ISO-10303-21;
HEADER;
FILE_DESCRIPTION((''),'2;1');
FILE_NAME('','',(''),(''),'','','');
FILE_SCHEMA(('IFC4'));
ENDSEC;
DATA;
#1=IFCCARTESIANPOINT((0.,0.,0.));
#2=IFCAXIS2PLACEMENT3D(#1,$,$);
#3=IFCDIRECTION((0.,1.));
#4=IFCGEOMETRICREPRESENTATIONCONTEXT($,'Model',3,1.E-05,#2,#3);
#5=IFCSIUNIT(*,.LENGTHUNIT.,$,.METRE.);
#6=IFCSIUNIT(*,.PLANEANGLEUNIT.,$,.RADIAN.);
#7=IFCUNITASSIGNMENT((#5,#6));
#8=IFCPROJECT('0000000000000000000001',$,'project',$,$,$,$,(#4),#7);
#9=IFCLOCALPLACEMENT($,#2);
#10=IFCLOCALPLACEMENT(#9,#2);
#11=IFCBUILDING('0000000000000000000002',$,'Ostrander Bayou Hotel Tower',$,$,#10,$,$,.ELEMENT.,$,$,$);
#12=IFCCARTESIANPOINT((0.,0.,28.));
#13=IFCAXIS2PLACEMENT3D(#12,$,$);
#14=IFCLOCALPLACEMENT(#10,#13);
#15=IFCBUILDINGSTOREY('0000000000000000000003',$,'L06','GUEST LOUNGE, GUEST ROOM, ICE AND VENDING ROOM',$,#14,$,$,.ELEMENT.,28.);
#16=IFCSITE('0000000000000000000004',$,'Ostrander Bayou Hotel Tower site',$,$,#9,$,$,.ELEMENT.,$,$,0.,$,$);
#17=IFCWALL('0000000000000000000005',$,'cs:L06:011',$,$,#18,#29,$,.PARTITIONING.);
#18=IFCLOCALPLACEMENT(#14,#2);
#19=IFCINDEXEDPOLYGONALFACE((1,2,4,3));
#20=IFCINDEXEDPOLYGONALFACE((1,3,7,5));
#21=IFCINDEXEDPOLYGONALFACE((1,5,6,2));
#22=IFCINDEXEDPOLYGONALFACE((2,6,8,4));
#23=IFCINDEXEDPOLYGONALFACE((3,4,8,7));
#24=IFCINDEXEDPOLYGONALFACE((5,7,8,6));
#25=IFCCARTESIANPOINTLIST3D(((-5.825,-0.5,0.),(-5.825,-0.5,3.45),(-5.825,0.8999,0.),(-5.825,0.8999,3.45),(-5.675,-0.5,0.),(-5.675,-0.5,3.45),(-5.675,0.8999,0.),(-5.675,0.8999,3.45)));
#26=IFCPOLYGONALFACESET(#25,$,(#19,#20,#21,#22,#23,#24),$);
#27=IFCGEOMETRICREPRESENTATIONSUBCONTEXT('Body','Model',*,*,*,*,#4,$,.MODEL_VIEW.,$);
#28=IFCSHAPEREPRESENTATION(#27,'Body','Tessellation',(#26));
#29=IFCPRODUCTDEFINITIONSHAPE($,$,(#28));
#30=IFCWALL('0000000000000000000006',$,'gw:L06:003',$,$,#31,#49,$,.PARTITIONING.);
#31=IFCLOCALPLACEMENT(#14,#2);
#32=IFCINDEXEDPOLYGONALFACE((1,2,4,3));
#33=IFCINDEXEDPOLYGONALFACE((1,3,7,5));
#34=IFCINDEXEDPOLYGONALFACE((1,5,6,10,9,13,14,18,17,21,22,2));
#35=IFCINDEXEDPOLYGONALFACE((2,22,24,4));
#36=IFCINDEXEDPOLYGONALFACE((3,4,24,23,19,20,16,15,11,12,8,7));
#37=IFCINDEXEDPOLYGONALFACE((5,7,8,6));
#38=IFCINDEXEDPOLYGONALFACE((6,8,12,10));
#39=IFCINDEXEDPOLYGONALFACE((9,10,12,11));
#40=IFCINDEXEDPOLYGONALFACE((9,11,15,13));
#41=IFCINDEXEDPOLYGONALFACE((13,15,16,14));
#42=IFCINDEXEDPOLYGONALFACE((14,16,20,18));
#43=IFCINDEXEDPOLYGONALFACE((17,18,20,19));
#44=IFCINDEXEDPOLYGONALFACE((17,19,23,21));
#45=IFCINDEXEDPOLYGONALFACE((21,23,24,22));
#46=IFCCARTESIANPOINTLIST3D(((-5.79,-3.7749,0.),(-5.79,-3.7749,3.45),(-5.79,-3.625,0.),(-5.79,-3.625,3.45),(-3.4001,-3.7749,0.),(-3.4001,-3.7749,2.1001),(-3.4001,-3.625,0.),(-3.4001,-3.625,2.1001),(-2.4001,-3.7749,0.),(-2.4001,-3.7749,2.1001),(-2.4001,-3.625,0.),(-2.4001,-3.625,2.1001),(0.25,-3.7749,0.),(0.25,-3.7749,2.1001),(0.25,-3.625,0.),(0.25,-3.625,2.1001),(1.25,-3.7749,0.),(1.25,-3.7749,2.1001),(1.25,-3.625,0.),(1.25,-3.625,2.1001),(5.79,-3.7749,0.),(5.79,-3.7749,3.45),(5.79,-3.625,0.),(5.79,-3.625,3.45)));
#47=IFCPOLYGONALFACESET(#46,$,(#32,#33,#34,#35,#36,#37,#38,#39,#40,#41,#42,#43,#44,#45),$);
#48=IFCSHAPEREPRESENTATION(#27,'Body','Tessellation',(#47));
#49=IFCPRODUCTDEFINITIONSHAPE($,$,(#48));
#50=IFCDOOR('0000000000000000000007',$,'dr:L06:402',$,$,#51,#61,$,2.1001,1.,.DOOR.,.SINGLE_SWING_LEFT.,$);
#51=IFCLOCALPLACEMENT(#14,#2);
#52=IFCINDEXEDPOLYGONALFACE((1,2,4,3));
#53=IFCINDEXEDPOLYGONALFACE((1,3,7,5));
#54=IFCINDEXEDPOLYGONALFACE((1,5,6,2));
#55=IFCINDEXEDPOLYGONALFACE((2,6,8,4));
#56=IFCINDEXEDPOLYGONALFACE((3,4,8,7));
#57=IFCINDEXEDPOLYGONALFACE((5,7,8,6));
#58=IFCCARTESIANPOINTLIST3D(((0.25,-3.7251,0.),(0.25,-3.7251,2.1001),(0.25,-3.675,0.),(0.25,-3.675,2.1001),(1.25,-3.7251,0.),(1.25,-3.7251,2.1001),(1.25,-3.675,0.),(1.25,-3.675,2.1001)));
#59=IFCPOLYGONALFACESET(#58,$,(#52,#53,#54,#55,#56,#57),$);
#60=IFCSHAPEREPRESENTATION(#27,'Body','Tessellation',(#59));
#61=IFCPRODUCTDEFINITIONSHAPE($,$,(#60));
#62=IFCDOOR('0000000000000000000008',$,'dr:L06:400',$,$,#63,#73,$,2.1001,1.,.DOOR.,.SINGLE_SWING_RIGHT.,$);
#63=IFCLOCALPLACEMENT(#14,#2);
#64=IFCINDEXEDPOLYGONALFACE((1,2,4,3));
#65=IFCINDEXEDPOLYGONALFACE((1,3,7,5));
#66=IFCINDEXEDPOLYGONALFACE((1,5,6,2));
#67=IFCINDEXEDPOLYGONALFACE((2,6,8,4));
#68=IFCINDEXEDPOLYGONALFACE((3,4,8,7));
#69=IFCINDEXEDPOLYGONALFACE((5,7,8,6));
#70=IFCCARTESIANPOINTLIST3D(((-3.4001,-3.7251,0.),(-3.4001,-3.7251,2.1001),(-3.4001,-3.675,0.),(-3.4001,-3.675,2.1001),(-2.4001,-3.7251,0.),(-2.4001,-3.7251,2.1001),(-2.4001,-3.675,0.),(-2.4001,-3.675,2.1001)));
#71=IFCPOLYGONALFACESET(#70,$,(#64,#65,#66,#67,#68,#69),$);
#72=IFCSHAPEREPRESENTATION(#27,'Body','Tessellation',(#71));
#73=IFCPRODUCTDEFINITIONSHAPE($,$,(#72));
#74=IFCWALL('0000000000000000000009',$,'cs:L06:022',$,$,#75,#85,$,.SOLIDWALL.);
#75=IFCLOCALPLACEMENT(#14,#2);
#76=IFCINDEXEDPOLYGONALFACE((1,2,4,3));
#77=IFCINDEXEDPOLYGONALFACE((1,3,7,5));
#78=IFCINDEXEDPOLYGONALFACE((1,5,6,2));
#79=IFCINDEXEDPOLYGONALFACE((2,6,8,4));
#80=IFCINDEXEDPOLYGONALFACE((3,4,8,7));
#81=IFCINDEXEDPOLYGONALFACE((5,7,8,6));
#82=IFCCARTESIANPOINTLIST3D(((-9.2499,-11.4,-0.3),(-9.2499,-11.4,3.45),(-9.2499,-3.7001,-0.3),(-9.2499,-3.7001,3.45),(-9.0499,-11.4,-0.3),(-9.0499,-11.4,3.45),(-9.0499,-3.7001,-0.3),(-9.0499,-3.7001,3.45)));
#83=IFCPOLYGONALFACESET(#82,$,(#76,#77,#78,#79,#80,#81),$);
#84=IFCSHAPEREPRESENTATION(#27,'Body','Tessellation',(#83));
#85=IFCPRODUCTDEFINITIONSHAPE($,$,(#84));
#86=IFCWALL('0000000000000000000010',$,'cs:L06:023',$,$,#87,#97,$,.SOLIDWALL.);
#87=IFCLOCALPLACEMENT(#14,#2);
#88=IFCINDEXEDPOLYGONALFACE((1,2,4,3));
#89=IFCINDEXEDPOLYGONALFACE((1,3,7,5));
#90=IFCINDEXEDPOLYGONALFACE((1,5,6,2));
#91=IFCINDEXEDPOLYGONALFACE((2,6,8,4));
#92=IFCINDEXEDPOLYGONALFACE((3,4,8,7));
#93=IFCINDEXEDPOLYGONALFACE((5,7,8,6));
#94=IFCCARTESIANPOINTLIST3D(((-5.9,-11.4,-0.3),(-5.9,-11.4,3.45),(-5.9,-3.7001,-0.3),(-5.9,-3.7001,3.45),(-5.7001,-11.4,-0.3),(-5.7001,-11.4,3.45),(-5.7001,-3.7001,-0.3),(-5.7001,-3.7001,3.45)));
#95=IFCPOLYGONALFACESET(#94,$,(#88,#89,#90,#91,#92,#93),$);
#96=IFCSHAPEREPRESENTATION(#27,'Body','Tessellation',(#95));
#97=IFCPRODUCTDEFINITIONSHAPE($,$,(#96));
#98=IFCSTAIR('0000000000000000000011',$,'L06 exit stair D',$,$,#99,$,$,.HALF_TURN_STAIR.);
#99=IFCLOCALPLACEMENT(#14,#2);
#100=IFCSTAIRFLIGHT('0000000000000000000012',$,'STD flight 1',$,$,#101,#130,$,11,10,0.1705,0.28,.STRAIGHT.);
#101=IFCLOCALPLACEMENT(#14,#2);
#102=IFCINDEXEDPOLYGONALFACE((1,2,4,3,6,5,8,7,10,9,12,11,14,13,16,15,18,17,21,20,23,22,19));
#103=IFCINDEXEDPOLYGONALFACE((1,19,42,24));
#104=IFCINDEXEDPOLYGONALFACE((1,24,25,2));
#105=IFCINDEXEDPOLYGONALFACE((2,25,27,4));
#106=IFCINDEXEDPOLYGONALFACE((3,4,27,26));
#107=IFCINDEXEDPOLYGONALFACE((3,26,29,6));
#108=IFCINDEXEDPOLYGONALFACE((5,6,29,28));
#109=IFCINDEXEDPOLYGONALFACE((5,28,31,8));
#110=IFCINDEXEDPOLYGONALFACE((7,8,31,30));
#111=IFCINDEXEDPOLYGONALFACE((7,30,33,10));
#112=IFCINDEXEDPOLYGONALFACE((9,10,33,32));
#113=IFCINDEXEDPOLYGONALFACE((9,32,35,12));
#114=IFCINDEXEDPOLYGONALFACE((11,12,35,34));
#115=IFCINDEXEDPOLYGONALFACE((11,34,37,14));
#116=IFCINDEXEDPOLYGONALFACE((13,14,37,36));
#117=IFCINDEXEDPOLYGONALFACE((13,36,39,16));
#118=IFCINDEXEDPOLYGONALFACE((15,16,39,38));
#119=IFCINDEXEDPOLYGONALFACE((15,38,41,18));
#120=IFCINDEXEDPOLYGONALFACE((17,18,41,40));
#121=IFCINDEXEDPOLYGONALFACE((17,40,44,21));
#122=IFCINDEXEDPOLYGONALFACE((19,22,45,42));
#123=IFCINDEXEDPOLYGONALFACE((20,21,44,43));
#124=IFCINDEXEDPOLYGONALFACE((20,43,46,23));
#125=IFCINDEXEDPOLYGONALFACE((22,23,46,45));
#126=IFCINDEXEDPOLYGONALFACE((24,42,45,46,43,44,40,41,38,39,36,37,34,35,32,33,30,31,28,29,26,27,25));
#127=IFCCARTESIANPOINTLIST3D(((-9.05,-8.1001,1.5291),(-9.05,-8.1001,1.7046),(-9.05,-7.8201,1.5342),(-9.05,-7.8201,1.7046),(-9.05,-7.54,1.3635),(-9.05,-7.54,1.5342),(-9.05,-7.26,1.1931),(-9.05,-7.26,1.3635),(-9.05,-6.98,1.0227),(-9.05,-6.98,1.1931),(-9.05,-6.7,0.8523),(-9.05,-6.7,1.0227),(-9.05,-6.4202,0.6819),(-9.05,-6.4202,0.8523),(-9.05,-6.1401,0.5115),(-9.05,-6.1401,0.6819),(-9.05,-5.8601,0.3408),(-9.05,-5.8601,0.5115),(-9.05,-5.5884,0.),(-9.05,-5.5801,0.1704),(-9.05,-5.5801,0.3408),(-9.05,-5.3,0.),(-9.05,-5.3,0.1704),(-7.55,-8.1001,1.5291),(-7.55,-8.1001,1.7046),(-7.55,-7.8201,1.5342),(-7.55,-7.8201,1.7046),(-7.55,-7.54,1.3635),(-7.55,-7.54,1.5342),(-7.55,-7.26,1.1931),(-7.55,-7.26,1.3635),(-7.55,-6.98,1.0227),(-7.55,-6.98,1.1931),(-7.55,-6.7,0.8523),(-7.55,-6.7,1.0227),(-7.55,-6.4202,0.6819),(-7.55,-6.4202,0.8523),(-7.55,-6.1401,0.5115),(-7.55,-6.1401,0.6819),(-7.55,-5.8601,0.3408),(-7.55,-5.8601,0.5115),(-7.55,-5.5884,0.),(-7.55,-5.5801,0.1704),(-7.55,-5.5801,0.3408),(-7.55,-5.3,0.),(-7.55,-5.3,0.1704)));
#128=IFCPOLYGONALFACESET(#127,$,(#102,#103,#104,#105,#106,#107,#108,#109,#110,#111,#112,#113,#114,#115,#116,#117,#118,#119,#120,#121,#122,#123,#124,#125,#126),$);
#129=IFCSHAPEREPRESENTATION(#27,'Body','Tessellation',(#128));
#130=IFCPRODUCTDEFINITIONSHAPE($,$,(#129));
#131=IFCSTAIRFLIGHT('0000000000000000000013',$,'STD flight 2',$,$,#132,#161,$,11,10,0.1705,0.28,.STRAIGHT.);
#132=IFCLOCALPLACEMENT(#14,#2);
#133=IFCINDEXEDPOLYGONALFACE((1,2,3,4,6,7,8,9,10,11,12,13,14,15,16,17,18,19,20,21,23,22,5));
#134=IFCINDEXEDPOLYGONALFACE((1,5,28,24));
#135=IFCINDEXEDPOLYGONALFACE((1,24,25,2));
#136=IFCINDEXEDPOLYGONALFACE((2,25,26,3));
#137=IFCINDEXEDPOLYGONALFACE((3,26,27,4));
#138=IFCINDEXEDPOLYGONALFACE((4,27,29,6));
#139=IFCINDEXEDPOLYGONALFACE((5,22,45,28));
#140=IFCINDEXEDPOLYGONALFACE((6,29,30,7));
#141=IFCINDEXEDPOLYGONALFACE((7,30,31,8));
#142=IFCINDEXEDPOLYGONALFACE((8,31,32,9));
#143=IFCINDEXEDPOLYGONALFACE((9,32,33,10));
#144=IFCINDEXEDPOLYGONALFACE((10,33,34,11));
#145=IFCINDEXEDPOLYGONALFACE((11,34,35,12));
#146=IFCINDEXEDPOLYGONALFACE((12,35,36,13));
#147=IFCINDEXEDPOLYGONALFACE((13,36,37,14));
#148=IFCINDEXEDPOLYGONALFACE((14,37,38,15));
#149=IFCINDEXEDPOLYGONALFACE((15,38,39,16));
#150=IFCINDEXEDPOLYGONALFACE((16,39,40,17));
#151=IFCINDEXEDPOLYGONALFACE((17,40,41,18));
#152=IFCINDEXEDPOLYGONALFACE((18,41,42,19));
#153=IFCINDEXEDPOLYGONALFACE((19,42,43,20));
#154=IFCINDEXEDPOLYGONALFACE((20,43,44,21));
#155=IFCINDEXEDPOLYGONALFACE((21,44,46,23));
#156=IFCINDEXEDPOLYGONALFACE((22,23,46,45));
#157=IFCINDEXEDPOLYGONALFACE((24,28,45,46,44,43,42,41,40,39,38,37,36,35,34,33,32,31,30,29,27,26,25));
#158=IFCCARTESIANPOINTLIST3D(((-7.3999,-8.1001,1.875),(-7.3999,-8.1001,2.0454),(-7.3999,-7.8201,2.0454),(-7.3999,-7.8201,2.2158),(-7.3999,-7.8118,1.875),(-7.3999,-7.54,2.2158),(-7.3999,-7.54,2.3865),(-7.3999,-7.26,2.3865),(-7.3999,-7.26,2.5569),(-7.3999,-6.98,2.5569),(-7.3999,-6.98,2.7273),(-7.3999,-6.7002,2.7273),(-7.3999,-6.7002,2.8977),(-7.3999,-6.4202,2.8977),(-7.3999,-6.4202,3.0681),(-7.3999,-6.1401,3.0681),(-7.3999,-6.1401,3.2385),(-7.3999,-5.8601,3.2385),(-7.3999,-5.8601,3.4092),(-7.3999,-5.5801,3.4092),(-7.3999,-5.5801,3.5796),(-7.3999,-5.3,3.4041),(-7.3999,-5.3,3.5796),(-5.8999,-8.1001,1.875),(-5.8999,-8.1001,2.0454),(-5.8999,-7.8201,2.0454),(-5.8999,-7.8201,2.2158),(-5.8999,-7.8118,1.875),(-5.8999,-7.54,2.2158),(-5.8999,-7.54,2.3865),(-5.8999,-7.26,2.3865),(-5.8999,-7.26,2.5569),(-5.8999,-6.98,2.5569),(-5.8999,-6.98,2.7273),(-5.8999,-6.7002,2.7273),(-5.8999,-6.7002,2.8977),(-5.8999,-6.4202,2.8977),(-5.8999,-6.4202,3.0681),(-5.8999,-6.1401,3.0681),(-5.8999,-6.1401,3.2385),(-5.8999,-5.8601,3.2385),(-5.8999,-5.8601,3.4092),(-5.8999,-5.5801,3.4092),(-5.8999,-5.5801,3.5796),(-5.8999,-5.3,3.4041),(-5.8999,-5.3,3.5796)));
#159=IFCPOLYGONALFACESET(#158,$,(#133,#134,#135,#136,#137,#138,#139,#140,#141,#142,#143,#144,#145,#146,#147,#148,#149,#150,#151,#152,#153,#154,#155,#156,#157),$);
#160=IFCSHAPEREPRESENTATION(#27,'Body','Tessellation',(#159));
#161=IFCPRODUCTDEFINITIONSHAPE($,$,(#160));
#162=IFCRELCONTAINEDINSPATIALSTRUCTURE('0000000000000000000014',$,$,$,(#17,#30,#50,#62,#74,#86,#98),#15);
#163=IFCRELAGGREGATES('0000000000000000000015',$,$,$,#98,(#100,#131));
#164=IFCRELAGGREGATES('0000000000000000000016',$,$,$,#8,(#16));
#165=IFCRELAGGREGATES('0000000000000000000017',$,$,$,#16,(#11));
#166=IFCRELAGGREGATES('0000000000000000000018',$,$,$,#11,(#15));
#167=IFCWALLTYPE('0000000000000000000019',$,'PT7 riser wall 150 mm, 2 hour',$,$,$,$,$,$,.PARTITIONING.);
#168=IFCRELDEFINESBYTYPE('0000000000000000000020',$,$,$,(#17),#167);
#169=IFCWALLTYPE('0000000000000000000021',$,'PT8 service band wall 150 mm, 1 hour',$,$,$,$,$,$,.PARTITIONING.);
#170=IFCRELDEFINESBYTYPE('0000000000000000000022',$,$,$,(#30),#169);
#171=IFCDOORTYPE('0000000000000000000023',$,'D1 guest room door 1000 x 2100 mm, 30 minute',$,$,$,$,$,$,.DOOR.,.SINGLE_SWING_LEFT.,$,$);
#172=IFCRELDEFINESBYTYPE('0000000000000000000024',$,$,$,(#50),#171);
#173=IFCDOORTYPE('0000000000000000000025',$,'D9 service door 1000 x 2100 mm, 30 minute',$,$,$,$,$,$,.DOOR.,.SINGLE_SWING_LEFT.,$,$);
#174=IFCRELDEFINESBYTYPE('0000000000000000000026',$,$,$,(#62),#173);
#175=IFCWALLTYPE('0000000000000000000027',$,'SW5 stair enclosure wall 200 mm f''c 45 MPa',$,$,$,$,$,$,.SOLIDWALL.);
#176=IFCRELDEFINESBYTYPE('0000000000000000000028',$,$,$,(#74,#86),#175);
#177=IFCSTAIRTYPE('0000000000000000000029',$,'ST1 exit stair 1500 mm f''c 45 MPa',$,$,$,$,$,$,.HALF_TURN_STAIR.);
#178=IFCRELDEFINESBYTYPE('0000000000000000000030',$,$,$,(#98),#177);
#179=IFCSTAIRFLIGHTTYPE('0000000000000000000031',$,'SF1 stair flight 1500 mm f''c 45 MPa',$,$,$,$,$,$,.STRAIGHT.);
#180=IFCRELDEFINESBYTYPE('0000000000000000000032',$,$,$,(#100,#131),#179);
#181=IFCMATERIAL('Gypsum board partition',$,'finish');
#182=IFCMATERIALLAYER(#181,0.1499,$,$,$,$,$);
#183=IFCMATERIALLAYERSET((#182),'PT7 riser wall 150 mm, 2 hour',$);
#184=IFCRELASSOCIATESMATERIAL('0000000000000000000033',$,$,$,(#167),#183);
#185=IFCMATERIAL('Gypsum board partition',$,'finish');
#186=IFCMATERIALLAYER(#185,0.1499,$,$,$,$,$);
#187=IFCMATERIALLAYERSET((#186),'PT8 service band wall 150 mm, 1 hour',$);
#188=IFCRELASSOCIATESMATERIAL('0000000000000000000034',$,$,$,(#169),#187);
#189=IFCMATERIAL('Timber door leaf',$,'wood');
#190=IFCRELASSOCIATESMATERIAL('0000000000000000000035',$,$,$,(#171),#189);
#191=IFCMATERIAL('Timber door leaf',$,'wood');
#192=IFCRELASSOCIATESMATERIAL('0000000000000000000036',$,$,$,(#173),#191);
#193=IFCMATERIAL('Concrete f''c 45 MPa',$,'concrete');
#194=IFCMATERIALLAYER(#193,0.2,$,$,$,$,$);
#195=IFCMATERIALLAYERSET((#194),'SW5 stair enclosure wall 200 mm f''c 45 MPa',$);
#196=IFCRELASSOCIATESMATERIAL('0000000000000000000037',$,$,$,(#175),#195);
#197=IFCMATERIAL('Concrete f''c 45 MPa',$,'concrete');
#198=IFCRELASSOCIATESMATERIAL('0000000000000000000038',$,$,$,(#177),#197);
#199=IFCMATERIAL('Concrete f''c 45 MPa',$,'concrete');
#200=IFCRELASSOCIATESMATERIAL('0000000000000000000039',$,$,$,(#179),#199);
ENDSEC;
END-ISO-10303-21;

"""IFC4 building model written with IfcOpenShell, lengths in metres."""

from ifc_helpers import new_model, si_unit, direction, frame, frame_2d, origin, place, context, subcontext, project, spatial, polyline, rectangle, outline, extrude, material, layer, layer_set, type_object, element, fill, aggregate, save


model = new_model("IFC4")

# Units and contexts
model_context = context("Model", 3, precision=1e-05, world=origin(), true_north=direction((0.0, 1.0)))
body_context = subcontext(model_context, "Body", "Model", "MODEL_VIEW")
ifc_project = project(units=[si_unit("LENGTHUNIT", "METRE"), si_unit("PLANEANGLEUNIT", "RADIAN")], contexts=[model_context])

# Site, building, storey
site_placement = place(None, origin())
site = spatial("IfcSite", under=ifc_project, at=site_placement, Name="Ostrander Bayou Hotel Tower site", CompositionType="ELEMENT", RefElevation=0.0)
building_placement = place(site_placement, origin())
building = spatial("IfcBuilding", under=site, at=building_placement, Name="Ostrander Bayou Hotel Tower", CompositionType="ELEMENT")
storey_placement = place(building_placement, frame((0.0, 0.0, 28.0)))
storey = spatial("IfcBuildingStorey", under=building, at=storey_placement, Name="L06", Description="GUEST LOUNGE, GUEST ROOM, ICE AND VENDING ROOM", CompositionType="ELEMENT", Elevation=28.0)

# Wall
ifc_material_1 = material(Name="Gypsum board partition", Category="finish")
ifc_layer_1 = layer(ifc_material_1, 0.1499)
ifc_layer_set_1 = layer_set([ifc_layer_1], Name="PT7 riser wall 150 mm, 2 hour")
wall_type_1 = type_object("IfcWallType", Name="PT7 riser wall 150 mm, 2 hour", PredefinedType="PARTITIONING", material=ifc_layer_set_1)
wall_1_placement = place(storey_placement, frame((-5.75, -0.5, 0.0), z_axis=(0.0, 0.0, 1.0), x_axis=(0.0, 1.0, 0.0)))
element("IfcWall", 1, at=wall_1_placement, inside=storey, type_object=wall_type_1, Name="cs:L06:011", PredefinedType="PARTITIONING", context=body_context, shape_type="SweptSolid", body=[
    extrude(rectangle(XDim=1.3999, YDim=0.1499, at=frame_2d((0.7, 0.0))), origin(), (0.0, 0.0, 1.0), 3.45),
])

# Wall, openings, doors
ifc_material_2 = material(Name="Gypsum board partition", Category="finish")
ifc_layer_2 = layer(ifc_material_2, 0.1499)
ifc_layer_set_2 = layer_set([ifc_layer_2], Name="PT8 service band wall 150 mm, 1 hour")
wall_type_2 = type_object("IfcWallType", Name="PT8 service band wall 150 mm, 1 hour", PredefinedType="PARTITIONING", material=ifc_layer_set_2)
wall_2_placement = place(storey_placement, frame((-5.79, -3.7, 0.0), z_axis=(0.0, 0.0, 1.0), x_axis=(1.0, 0.0, 0.0)))
wall_2 = element("IfcWall", 2, at=wall_2_placement, inside=storey, type_object=wall_type_2, Name="gw:L06:003", PredefinedType="PARTITIONING", context=body_context, shape_type="SweptSolid", body=[
    extrude(rectangle(XDim=11.5801, YDim=0.1499, at=frame_2d((5.79, 0.0))), origin(), (0.0, 0.0, 1.0), 3.45),
])
opening_1_placement = place(wall_2_placement, frame((2.3899, 0.0, 0.0)))
opening_1 = element("IfcOpeningElement", 3, at=opening_1_placement, cuts=wall_2, PredefinedType="OPENING", context=body_context, shape_type="SweptSolid", body=[
    extrude(rectangle(XDim=1.0, YDim=2.1001, at=frame_2d((0.5, 1.05))), frame((0.0, 0.075, 0.0), z_axis=(0.0, -1.0, 0.0), x_axis=(1.0, 0.0, 0.0)), (0.0, 0.0, 1.0), 0.1499),
])
opening_2_placement = place(wall_2_placement, frame((6.04, 0.0, 0.0)))
opening_2 = element("IfcOpeningElement", 4, at=opening_2_placement, cuts=wall_2, PredefinedType="OPENING", context=body_context, shape_type="SweptSolid", body=[
    extrude(rectangle(XDim=1.0, YDim=2.1001, at=frame_2d((0.5, 1.05))), frame((0.0, 0.075, 0.0), z_axis=(0.0, -1.0, 0.0), x_axis=(1.0, 0.0, 0.0)), (0.0, 0.0, 1.0), 0.1499),
])
ifc_material_3 = material(Name="Timber door leaf", Category="wood")
door_type_1 = type_object("IfcDoorType", Name="D1 guest room door 1000 x 2100 mm, 30 minute", OperationType="SINGLE_SWING_LEFT", PredefinedType="DOOR", material=ifc_material_3)
door_1_placement = place(opening_2_placement, origin())
door_1 = element("IfcDoor", 5, at=door_1_placement, inside=storey, type_object=door_type_1, Name="dr:L06:402", OperationType="SINGLE_SWING_LEFT", OverallHeight=2.1001, OverallWidth=1.0, PredefinedType="DOOR", context=body_context, shape_type="SweptSolid", body=[
    extrude(rectangle(XDim=1.0, YDim=2.1001, at=frame_2d((0.5, 1.05))), frame((0.0, 0.0249, 0.0), z_axis=(0.0, -1.0, 0.0), x_axis=(1.0, 0.0, 0.0)), (0.0, 0.0, 1.0), 0.05),
])
fill(opening_2, door_1)
ifc_material_4 = material(Name="Timber door leaf", Category="wood")
door_type_2 = type_object("IfcDoorType", Name="D9 service door 1000 x 2100 mm, 30 minute", OperationType="SINGLE_SWING_LEFT", PredefinedType="DOOR", material=ifc_material_4)
door_2_placement = place(opening_1_placement, origin())
door_2 = element("IfcDoor", 6, at=door_2_placement, inside=storey, type_object=door_type_2, Name="dr:L06:400", OperationType="SINGLE_SWING_RIGHT", OverallHeight=2.1001, OverallWidth=1.0, PredefinedType="DOOR", context=body_context, shape_type="SweptSolid", body=[
    extrude(rectangle(XDim=1.0, YDim=2.1001, at=frame_2d((0.5, 1.05))), frame((0.0, 0.0249, 0.0), z_axis=(0.0, -1.0, 0.0), x_axis=(1.0, 0.0, 0.0)), (0.0, 0.0, 1.0), 0.05),
])
fill(opening_1, door_2)

# Shared definitions
ifc_material_5 = material(Name="Concrete f'c 45 MPa", Category="concrete")
ifc_layer_3 = layer(ifc_material_5, 0.2)
ifc_layer_set_3 = layer_set([ifc_layer_3], Name="SW5 stair enclosure wall 200 mm f'c 45 MPa")
wall_type_3 = type_object("IfcWallType", Name="SW5 stair enclosure wall 200 mm f'c 45 MPa", PredefinedType="SOLIDWALL", material=ifc_layer_set_3)

# Walls
for number, where, z_axis, x_axis, name in (
    (7, (-9.1499, -3.7, -0.3), (0.0, 0.0, 1.0), (0.0, -1.0, 0.0), "cs:L06:022"),
    (8, (-5.8, -3.7, -0.3), (0.0, 0.0, 1.0), (0.0, -1.0, 0.0), "cs:L06:023"),
):
    element("IfcWall", number, at=place(storey_placement, frame(where, z_axis=z_axis, x_axis=x_axis)), inside=storey, type_object=wall_type_3, Name=name, PredefinedType="SOLIDWALL", context=body_context, shape_type="SweptSolid", body=[
        extrude(rectangle(XDim=7.7, YDim=0.2, at=frame_2d((3.8501, 0.0))), origin(), (0.0, 0.0, 1.0), 3.75),
    ])

# Stair, stair flights
ifc_material_6 = material(Name="Concrete f'c 45 MPa", Category="concrete")
stair_type = type_object("IfcStairType", Name="ST1 exit stair 1500 mm f'c 45 MPa", PredefinedType="HALF_TURN_STAIR", material=ifc_material_6)
stair_placement = place(storey_placement, origin())
stair = element("IfcStair", 9, at=stair_placement, inside=storey, type_object=stair_type, Name="L06 exit stair D", PredefinedType="HALF_TURN_STAIR")
ifc_material_7 = material(Name="Concrete f'c 45 MPa", Category="concrete")
stair_flight_type = type_object("IfcStairFlightType", Name="SF1 stair flight 1500 mm f'c 45 MPa", PredefinedType="STRAIGHT", material=ifc_material_7)
stair_flight_1_placement = place(storey_placement, frame((-8.3, -5.3, 0.0), z_axis=(0.0, 0.0, 1.0), x_axis=(0.0, -1.0, 0.0)))
stair_flight_1 = element("IfcStairFlight", 10, at=stair_flight_1_placement, type_object=stair_flight_type, Name="STD flight 1", NumberOfRisers=11, NumberOfTreads=10, PredefinedType="STRAIGHT", RiserHeight=0.1705, TreadLength=0.28, context=body_context, shape_type="SweptSolid", body=[
    extrude(outline(polyline([(0.0, 0.0), (0.0, 0.1704), (0.28, 0.1704), (0.28, 0.3408), (0.5601, 0.3408), (0.5601, 0.5115), (0.8401, 0.5115), (0.8401, 0.6819), (1.1201, 0.6819), (1.1201, 0.8523), (1.3999, 0.8523), (1.3999, 1.0227), (1.6799, 1.0227), (1.6799, 1.1931), (1.96, 1.1931), (1.96, 1.3635), (2.24, 1.3635), (2.24, 1.5342), (2.52, 1.5342), (2.52, 1.7046), (2.8, 1.7046), (2.8, 1.875), (2.8, 1.5291), (0.2883, 0.0), (0.0, 0.0)])), frame((0.0, 0.75, 0.0), z_axis=(0.0, -1.0, 0.0), x_axis=(1.0, 0.0, 0.0)), (0.0, 0.0, 1.0), 1.5),
])
stair_flight_2_placement = place(storey_placement, frame((-6.6499, -8.1001, 1.875), z_axis=(0.0, 0.0, 1.0), x_axis=(0.0, 1.0, 0.0)))
stair_flight_2 = element("IfcStairFlight", 11, at=stair_flight_2_placement, type_object=stair_flight_type, Name="STD flight 2", NumberOfRisers=11, NumberOfTreads=10, PredefinedType="STRAIGHT", RiserHeight=0.1705, TreadLength=0.28, context=body_context, shape_type="SweptSolid", body=[
    extrude(outline(polyline([(0.0, 0.0), (0.0, 0.1704), (0.28, 0.1704), (0.28, 0.3408), (0.5601, 0.3408), (0.5601, 0.5115), (0.8401, 0.5115), (0.8401, 0.6819), (1.1201, 0.6819), (1.1201, 0.8523), (1.3999, 0.8523), (1.3999, 1.0227), (1.6799, 1.0227), (1.6799, 1.1931), (1.96, 1.1931), (1.96, 1.3635), (2.24, 1.3635), (2.24, 1.5342), (2.52, 1.5342), (2.52, 1.7046), (2.8, 1.7046), (2.8, 1.875), (2.8, 1.5291), (0.2883, 0.0), (0.0, 0.0)])), frame((0.0, 0.75, 0.0), z_axis=(0.0, -1.0, 0.0), x_axis=(1.0, 0.0, 0.0)), (0.0, 0.0, 1.0), 1.5),
])
aggregate(stair, [stair_flight_1, stair_flight_2])

save(model, "model.ifc")
